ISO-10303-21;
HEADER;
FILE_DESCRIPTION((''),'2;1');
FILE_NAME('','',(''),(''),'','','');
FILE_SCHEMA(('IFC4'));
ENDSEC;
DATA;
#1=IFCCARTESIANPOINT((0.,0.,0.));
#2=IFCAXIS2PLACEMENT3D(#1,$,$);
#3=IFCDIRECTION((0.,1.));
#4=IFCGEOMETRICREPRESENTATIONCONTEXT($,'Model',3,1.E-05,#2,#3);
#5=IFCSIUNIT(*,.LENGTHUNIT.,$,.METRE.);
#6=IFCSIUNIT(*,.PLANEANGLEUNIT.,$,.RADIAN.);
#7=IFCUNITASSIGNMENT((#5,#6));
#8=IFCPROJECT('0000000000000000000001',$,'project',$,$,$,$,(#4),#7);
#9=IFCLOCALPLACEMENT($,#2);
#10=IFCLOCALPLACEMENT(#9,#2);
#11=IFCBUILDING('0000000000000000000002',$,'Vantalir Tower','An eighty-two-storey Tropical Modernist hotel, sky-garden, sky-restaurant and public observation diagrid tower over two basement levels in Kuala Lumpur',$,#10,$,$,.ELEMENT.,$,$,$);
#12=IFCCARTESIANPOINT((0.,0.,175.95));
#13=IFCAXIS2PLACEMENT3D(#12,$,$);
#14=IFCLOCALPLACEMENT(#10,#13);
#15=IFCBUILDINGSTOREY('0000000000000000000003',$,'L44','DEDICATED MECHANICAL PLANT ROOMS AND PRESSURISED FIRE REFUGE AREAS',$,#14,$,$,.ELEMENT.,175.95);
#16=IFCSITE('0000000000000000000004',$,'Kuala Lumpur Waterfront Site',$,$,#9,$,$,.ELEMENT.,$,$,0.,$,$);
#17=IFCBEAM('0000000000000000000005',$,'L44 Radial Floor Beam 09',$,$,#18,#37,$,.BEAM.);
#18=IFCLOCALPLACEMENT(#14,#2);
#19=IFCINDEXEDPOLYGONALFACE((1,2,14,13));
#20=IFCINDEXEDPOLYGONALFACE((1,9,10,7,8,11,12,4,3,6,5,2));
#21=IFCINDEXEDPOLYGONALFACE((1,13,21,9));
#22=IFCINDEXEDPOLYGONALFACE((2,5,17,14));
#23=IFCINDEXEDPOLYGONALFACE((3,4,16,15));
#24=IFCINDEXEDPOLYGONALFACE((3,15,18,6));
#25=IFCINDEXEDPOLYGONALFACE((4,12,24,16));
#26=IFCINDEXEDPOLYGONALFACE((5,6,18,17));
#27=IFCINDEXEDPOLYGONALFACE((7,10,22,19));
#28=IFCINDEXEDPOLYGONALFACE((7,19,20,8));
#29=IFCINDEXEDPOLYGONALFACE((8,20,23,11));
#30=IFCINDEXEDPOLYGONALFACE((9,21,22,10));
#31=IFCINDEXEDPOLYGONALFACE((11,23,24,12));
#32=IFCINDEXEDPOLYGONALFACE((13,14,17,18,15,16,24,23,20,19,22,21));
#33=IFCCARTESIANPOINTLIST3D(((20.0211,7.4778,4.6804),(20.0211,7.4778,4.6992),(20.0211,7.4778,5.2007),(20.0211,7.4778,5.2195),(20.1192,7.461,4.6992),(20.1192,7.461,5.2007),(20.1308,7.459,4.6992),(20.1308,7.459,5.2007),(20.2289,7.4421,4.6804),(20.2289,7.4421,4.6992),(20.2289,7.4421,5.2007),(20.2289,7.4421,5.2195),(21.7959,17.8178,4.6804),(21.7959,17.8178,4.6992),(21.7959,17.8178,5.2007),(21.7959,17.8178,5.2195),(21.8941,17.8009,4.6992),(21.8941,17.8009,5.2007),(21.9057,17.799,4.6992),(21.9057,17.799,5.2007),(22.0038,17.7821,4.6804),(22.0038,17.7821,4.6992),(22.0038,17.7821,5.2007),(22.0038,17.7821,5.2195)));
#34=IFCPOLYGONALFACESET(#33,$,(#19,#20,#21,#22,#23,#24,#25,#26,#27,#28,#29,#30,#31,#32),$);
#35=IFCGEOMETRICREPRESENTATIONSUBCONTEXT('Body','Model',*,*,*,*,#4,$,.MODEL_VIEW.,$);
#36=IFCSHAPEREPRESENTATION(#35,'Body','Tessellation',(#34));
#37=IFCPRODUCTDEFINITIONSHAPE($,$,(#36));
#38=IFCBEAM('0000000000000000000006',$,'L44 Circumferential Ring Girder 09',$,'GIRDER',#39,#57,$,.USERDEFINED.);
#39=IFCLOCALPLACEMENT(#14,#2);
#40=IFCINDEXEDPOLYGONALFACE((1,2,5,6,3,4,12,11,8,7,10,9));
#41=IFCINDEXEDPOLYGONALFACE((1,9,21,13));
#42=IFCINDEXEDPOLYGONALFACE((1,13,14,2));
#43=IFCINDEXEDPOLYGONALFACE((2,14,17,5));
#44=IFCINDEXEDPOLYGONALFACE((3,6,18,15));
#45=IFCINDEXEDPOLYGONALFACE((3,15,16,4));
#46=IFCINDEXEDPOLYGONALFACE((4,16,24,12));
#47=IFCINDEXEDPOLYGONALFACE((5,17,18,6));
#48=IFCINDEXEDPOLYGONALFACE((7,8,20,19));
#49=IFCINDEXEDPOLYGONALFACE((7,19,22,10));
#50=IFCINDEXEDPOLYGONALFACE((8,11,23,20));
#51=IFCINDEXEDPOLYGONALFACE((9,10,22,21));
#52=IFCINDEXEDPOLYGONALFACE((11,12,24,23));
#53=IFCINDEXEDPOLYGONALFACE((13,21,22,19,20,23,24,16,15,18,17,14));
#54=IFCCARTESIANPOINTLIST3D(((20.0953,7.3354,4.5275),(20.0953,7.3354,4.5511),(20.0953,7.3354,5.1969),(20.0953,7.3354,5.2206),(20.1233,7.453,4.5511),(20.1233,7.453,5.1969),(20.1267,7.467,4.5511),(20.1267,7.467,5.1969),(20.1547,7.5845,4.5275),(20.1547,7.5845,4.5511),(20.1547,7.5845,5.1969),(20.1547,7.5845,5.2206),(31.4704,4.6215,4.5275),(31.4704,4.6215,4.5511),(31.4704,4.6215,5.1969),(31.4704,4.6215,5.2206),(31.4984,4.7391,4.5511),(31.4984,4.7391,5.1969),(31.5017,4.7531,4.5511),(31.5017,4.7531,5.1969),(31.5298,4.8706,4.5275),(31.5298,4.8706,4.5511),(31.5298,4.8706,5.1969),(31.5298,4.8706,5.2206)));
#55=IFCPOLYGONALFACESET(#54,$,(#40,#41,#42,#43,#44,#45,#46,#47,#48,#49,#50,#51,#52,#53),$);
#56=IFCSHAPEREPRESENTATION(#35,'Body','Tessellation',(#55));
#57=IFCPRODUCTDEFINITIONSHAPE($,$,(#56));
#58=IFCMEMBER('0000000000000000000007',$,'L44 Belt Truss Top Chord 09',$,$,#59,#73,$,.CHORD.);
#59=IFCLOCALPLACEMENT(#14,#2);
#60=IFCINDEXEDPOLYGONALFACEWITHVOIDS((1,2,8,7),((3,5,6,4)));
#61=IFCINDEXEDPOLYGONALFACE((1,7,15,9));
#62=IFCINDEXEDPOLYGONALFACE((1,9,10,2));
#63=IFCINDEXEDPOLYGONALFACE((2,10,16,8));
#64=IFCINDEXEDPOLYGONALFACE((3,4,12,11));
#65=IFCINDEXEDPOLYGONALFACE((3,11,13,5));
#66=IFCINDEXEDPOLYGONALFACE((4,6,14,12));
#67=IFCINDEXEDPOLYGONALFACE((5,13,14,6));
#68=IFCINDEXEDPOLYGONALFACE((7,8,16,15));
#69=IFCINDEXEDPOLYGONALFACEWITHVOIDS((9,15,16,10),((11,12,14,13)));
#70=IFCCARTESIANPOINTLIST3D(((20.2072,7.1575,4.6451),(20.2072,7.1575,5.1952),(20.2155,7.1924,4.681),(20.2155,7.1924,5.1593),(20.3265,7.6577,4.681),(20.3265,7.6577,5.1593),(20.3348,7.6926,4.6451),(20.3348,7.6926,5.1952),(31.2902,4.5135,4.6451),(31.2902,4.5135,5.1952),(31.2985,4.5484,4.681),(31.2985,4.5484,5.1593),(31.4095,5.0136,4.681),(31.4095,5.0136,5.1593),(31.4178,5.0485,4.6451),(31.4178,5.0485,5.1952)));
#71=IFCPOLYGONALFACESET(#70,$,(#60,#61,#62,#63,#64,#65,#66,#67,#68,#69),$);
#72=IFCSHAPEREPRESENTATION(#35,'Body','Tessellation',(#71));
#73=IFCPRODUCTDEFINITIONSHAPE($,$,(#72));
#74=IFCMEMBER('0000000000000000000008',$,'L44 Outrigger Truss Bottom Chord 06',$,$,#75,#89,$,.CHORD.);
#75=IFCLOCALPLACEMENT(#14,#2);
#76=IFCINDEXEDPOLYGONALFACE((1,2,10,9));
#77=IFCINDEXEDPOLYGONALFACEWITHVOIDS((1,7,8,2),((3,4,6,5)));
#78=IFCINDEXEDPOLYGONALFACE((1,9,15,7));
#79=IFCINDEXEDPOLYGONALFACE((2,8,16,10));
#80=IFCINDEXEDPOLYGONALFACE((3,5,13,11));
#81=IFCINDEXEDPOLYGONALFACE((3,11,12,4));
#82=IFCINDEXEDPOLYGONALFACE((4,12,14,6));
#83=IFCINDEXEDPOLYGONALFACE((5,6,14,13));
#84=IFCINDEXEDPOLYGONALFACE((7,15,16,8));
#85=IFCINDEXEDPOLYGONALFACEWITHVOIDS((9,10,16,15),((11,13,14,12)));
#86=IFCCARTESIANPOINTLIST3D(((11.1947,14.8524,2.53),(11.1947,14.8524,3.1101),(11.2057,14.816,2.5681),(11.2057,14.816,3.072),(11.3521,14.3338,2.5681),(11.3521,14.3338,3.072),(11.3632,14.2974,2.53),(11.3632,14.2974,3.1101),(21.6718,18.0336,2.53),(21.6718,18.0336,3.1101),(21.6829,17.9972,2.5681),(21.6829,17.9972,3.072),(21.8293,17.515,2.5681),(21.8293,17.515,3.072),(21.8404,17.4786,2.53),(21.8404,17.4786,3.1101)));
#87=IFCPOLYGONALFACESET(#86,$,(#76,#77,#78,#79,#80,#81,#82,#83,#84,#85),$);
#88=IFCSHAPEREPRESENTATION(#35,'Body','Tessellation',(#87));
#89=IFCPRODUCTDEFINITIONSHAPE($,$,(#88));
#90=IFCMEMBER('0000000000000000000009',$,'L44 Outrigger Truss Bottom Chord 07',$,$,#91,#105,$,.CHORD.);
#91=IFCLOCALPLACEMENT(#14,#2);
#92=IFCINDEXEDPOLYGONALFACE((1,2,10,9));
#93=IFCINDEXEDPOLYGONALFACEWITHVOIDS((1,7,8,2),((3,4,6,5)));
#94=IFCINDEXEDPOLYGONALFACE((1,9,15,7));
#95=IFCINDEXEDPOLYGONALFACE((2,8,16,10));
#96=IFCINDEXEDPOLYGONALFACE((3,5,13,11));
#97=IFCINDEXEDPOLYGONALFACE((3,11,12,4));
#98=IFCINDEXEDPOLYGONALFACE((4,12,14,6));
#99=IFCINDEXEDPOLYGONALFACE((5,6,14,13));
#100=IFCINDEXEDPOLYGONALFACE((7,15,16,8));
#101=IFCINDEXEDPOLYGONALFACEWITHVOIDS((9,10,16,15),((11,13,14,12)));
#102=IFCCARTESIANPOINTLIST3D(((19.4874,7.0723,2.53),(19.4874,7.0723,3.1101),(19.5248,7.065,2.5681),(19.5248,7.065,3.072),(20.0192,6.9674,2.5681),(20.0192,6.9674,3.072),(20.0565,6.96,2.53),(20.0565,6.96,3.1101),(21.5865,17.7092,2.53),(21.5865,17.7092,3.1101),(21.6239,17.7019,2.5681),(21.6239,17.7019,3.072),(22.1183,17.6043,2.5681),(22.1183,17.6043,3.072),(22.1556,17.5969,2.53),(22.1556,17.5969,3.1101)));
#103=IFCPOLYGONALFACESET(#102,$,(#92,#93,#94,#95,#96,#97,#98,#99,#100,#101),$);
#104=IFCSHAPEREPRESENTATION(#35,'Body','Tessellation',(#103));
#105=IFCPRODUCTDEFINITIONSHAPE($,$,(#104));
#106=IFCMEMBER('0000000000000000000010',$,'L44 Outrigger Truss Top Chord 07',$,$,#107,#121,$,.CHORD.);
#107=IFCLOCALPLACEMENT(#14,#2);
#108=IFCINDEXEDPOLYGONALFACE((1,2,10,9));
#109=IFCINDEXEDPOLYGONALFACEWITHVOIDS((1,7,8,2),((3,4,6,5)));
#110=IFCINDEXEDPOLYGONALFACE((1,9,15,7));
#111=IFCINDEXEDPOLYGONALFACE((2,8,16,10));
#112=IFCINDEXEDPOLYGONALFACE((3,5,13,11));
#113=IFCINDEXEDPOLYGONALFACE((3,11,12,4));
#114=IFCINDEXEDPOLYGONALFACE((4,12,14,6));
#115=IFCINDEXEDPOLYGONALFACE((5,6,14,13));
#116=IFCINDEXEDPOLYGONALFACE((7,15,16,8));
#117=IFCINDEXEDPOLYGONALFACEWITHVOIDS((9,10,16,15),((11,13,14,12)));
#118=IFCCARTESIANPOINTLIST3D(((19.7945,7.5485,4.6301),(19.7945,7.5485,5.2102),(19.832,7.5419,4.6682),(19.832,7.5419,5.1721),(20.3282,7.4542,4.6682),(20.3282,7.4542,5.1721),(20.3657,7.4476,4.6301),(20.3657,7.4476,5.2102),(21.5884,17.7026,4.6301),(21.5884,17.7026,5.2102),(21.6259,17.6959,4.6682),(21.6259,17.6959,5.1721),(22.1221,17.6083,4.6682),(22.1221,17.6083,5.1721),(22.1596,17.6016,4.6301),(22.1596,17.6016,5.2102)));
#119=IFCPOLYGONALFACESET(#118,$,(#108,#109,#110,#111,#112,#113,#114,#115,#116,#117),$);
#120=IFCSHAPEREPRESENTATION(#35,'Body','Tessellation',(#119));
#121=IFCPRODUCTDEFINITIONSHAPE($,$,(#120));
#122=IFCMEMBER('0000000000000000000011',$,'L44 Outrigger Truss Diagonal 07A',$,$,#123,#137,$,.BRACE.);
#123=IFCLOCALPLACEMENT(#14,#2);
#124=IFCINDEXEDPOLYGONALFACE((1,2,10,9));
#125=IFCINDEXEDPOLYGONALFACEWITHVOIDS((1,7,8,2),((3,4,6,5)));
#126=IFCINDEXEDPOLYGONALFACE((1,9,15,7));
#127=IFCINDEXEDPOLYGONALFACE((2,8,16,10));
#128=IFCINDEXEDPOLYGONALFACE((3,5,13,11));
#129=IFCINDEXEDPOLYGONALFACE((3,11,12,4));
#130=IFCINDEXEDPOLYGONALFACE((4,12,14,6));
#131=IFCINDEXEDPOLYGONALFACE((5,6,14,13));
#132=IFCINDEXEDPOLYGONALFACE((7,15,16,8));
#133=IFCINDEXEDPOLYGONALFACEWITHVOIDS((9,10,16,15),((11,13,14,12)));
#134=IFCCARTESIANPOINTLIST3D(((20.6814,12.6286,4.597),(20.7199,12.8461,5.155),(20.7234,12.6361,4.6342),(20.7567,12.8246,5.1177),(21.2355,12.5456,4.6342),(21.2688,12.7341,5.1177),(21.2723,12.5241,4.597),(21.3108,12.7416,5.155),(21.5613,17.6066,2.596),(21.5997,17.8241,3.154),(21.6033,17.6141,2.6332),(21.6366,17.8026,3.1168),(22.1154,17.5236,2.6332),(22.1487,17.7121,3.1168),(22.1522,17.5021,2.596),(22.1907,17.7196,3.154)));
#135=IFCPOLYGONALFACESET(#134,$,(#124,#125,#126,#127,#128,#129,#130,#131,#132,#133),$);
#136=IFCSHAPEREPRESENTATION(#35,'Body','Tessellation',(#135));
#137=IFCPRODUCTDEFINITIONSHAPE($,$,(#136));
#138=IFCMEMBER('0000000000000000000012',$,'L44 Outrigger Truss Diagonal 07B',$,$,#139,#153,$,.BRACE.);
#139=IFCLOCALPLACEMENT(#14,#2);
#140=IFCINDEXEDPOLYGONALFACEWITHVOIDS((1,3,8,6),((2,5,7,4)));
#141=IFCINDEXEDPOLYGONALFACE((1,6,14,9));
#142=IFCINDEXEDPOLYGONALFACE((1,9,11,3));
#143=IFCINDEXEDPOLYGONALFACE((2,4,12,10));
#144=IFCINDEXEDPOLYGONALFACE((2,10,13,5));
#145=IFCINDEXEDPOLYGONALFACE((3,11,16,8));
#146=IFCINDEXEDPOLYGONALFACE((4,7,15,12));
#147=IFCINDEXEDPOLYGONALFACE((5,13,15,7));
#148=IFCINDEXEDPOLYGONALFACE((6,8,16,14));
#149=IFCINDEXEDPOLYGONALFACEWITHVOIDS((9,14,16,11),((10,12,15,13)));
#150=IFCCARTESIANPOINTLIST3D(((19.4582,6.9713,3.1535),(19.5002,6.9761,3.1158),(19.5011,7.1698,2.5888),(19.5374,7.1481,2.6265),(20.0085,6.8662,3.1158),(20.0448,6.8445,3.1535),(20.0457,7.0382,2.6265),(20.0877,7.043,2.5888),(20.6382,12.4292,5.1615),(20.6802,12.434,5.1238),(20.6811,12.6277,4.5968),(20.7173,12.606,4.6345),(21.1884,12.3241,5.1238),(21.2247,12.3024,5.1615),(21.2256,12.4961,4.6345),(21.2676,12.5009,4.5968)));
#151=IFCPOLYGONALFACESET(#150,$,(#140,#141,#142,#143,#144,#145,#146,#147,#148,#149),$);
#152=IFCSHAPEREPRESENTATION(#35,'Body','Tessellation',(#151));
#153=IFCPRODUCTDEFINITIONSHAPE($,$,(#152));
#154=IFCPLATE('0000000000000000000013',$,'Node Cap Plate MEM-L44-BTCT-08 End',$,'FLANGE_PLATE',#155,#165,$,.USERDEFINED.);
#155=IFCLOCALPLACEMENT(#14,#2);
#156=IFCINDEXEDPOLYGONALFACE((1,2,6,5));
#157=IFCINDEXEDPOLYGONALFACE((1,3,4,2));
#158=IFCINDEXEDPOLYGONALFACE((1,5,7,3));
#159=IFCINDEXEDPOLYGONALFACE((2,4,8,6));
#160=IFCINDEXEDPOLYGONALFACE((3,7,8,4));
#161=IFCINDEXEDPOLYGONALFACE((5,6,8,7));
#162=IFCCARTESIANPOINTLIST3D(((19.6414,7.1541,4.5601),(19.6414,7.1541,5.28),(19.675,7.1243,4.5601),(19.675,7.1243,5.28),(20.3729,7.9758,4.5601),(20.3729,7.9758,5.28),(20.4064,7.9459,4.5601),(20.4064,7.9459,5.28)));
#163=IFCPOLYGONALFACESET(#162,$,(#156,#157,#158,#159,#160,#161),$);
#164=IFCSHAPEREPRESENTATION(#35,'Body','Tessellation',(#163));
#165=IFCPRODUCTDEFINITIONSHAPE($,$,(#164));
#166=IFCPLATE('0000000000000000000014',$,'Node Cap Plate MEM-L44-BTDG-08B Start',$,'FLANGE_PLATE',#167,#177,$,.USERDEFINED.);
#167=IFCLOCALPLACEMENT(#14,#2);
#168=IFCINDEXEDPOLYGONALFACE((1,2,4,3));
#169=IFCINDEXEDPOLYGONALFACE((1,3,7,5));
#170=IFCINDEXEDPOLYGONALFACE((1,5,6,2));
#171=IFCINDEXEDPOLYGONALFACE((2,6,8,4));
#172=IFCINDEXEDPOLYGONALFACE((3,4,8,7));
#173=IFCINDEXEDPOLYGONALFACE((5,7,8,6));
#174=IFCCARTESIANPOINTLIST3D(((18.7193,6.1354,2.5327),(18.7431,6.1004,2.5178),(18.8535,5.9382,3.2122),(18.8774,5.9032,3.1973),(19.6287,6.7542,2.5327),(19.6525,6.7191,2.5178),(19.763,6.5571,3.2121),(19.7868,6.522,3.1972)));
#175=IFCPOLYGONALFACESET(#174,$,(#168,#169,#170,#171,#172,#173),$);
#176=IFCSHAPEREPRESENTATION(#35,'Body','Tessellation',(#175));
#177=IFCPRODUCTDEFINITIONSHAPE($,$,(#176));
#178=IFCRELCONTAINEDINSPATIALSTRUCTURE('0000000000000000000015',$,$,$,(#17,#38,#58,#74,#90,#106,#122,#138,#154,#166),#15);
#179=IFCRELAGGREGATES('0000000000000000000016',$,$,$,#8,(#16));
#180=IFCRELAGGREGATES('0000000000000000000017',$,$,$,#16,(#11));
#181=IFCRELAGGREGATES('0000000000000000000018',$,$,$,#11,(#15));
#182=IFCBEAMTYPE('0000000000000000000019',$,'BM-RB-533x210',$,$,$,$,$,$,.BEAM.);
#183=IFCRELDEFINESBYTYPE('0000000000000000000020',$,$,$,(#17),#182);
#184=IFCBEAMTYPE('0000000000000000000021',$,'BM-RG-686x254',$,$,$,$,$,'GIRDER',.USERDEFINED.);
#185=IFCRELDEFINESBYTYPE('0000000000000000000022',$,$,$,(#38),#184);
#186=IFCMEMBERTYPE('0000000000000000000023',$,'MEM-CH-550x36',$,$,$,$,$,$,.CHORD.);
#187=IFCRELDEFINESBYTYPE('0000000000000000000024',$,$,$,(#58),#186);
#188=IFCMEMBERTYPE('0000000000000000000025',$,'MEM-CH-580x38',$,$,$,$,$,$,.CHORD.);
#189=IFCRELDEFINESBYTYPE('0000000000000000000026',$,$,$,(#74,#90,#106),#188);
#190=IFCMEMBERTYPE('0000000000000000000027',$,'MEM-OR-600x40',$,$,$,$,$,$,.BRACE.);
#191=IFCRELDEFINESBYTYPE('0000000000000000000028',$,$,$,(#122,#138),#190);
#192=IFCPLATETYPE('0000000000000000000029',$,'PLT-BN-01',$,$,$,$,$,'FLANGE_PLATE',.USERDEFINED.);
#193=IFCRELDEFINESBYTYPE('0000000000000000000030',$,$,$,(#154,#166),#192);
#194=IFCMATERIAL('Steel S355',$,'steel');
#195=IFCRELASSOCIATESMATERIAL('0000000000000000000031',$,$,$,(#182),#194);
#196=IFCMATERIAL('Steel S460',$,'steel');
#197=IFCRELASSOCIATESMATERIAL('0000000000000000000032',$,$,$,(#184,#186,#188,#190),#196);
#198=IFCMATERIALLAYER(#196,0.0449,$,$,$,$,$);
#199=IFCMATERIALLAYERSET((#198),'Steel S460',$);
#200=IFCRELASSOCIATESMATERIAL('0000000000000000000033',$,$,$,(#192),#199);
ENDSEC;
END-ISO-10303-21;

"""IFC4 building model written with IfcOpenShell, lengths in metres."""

from ifc_helpers import new_model, si_unit, direction, frame, origin, origin_2d, place, context, subcontext, project, spatial, polyline, rectangle, hollow_rectangle, i_section, outline, extrude, material, layer, layer_set, material_profile, profile_set, type_object, element, save


model = new_model("IFC4")

# Units and contexts
model_context = context("Model", 3, precision=1e-05, world=origin(), true_north=direction((0.0, 1.0)))
body_context = subcontext(model_context, "Body", "Model", "MODEL_VIEW")
ifc_project = project(units=[si_unit("LENGTHUNIT", "METRE"), si_unit("PLANEANGLEUNIT", "RADIAN")], contexts=[model_context])

# Site, building, storey
site_placement = place(None, origin())
site = spatial("IfcSite", under=ifc_project, at=site_placement, Name="Kuala Lumpur Waterfront Site", CompositionType="ELEMENT", RefElevation=0.0)
building_placement = place(site_placement, origin())
building = spatial("IfcBuilding", under=site, at=building_placement, Name="Vantalir Tower", Description="An eighty-two-storey Tropical Modernist hotel, sky-garden, sky-restaurant and public observation diagrid tower over two basement levels in Kuala Lumpur", CompositionType="ELEMENT")
storey_placement = place(building_placement, frame((0.0, 0.0, 175.95)))
storey = spatial("IfcBuildingStorey", under=building, at=storey_placement, Name="L44", Description="DEDICATED MECHANICAL PLANT ROOMS AND PRESSURISED FIRE REFUGE AREAS", CompositionType="ELEMENT", Elevation=175.95)

# Beams
ifc_material_1 = material(Name="Steel S355", Category="steel")
ifc_material_profile_1 = material_profile(ifc_material_1, i_section(OverallWidth=0.2109, OverallDepth=0.5391, WebThickness=0.0117, FlangeThickness=0.0188, at=origin_2d()), Name="Steel S355")
ifc_profile_set_1 = profile_set([ifc_material_profile_1], Name="Steel S355")
beam_type_1 = type_object("IfcBeamType", Name="BM-RB-533x210", PredefinedType="BEAM", material=ifc_profile_set_1)
beam_1_placement = place(storey_placement, frame((20.125, 7.46, 4.95), z_axis=(0.169178, 0.985585, 0.0), x_axis=(-0.985585, 0.169178, 0.0)))
element("IfcBeam", 1, at=beam_1_placement, inside=storey, type_object=beam_type_1, Name="L44 Radial Floor Beam 09", PredefinedType="BEAM", context=body_context, shape_type="SweptSolid", body=[
    extrude(i_section(OverallWidth=0.2109, OverallDepth=0.5391, WebThickness=0.0117, FlangeThickness=0.0188, at=origin_2d()), origin(), (0.0, 0.0, 1.0), 10.4912),
])
ifc_material_2 = material(Name="Steel S460", Category="steel")
ifc_material_profile_2 = material_profile(ifc_material_2, i_section(OverallWidth=0.2561, OverallDepth=0.6931, WebThickness=0.0144, FlangeThickness=0.0237, at=origin_2d()), Name="Steel S460")
ifc_profile_set_2 = profile_set([ifc_material_profile_2], Name="Steel S460")
beam_type_2 = type_object("IfcBeamType", Name="BM-RG-686x254", ElementType="GIRDER", PredefinedType="USERDEFINED", material=ifc_profile_set_2)
beam_2_placement = place(storey_placement, frame((20.125, 7.46, 4.874), z_axis=(0.972699, -0.232068, 0.0), x_axis=(0.232068, 0.972699, 0.0)))
element("IfcBeam", 2, at=beam_2_placement, inside=storey, type_object=beam_type_2, Name="L44 Circumferential Ring Girder 09", ObjectType="GIRDER", PredefinedType="USERDEFINED", context=body_context, shape_type="SweptSolid", body=[
    extrude(i_section(OverallWidth=0.2561, OverallDepth=0.6931, WebThickness=0.0144, FlangeThickness=0.0237, at=origin_2d()), origin(), (0.0, 0.0, 1.0), 11.6943),
])

# Members
ifc_material_profile_3 = material_profile(ifc_material_2, hollow_rectangle(XDim=0.55, YDim=0.55, WallThickness=0.0359, at=origin_2d()), Name="Steel S460")
ifc_profile_set_3 = profile_set([ifc_material_profile_3], Name="Steel S460")
member_type_1 = type_object("IfcMemberType", Name="MEM-CH-550x36", PredefinedType="CHORD", material=ifc_profile_set_3)
member_1_placement = place(storey_placement, frame((20.271, 7.425, 4.9202), z_axis=(0.972703, -0.232055, 0.0), x_axis=(0.232055, 0.972703, 0.0)))
element("IfcMember", 3, at=member_1_placement, inside=storey, type_object=member_type_1, Name="L44 Belt Truss Top Chord 09", PredefinedType="CHORD", context=body_context, shape_type="SweptSolid", body=[
    extrude(hollow_rectangle(XDim=0.55, YDim=0.55, WallThickness=0.0359, at=origin_2d()), origin(), (0.0, 0.0, 1.0), 11.394),
])
ifc_material_profile_4 = material_profile(ifc_material_2, hollow_rectangle(XDim=0.5801, YDim=0.5801, WallThickness=0.0381, at=origin_2d()), Name="Steel S460")
ifc_profile_set_4 = profile_set([ifc_material_profile_4], Name="Steel S460")
member_type_2 = type_object("IfcMemberType", Name="MEM-CH-580x38", PredefinedType="CHORD", material=ifc_profile_set_4)
member_2_placement = place(storey_placement, frame((21.7561, 17.7561, 2.8201), z_axis=(-0.956865, -0.290533, 0.0), x_axis=(0.290533, -0.956865, 0.0)))
element("IfcMember", 4, at=member_2_placement, inside=storey, type_object=member_type_2, Name="L44 Outrigger Truss Bottom Chord 06", PredefinedType="CHORD", context=body_context, shape_type="SweptSolid", body=[
    extrude(hollow_rectangle(XDim=0.5801, YDim=0.5801, WallThickness=0.0381, at=origin_2d()), origin(), (0.0, 0.0, 1.0), 10.9495),
])
member_3_placement = place(storey_placement, frame((21.8711, 17.6531, 2.8201), z_axis=(-0.193608, -0.981079, 0.0), x_axis=(0.981079, -0.193608, 0.0)))
element("IfcMember", 5, at=member_3_placement, inside=storey, type_object=member_type_2, Name="L44 Outrigger Truss Bottom Chord 07", PredefinedType="CHORD", context=body_context, shape_type="SweptSolid", body=[
    extrude(hollow_rectangle(XDim=0.5801, YDim=0.5801, WallThickness=0.0381, at=origin_2d()), origin(), (0.0, 0.0, 1.0), 10.842),
])
member_4_placement = place(storey_placement, frame((21.874, 17.6521, 4.9202), z_axis=(-0.173978, -0.984749, 0.0), x_axis=(0.984749, -0.173978, 0.0)))
element("IfcMember", 6, at=member_4_placement, inside=storey, type_object=member_type_2, Name="L44 Outrigger Truss Top Chord 07", PredefinedType="CHORD", context=body_context, shape_type="SweptSolid", body=[
    extrude(hollow_rectangle(XDim=0.5801, YDim=0.5801, WallThickness=0.0381, at=origin_2d()), origin(), (0.0, 0.0, 1.0), 10.3113),
])
ifc_material_profile_5 = material_profile(ifc_material_2, hollow_rectangle(XDim=0.6001, YDim=0.6001, WallThickness=0.04, at=origin_2d()), Name="Steel S460")
ifc_profile_set_5 = profile_set([ifc_material_profile_5], Name="Steel S460")
member_type_3 = type_object("IfcMemberType", Name="MEM-OR-600x40", PredefinedType="BRACE", material=ifc_profile_set_5)
member_5_placement = place(storey_placement, frame((21.876, 17.6631, 2.875), z_axis=(-0.161838, -0.915616, 0.368043), x_axis=(0.984736, -0.174055, 0.0)))
element("IfcMember", 7, at=member_5_placement, inside=storey, type_object=member_type_3, Name="L44 Outrigger Truss Diagonal 07A", PredefinedType="BRACE", context=body_context, shape_type="SweptSolid", body=[
    extrude(hollow_rectangle(XDim=0.6001, YDim=0.6001, WallThickness=0.04, at=origin_2d()), origin(), (0.0, 0.0, 1.0), 5.4368),
])
member_6_placement = place(storey_placement, frame((20.9529, 12.4651, 4.8792), z_axis=(-0.198837, -0.919759, -0.338389), x_axis=(0.977421, -0.211302, 0.0)))
element("IfcMember", 8, at=member_6_placement, inside=storey, type_object=member_type_3, Name="L44 Outrigger Truss Diagonal 07B", PredefinedType="BRACE", context=body_context, shape_type="SweptSolid", body=[
    extrude(hollow_rectangle(XDim=0.6001, YDim=0.6001, WallThickness=0.04, at=origin_2d()), origin(), (0.0, 0.0, 1.0), 5.9341),
])

# Plates
ifc_layer_1 = layer(ifc_material_2, 0.0449)
ifc_layer_set_1 = layer_set([ifc_layer_1], Name="Steel S460")
plate_type_1 = type_object("IfcPlateType", Name="PLT-BN-01", ElementType="FLANGE_PLATE", PredefinedType="USERDEFINED", material=ifc_layer_set_1)
plate_1_placement = place(storey_placement, frame((20.0239, 7.55, 4.5601), z_axis=(0.0, 0.0, 1.0), x_axis=(0.746905, -0.664931, 0.0)))
element("IfcPlate", 9, at=plate_1_placement, inside=storey, type_object=plate_type_1, Name="Node Cap Plate MEM-L44-BTCT-08 End", ObjectType="FLANGE_PLATE", PredefinedType="USERDEFINED", context=body_context, shape_type="SweptSolid", body=[
    extrude(rectangle(XDim=0.0449, YDim=1.1001, at=origin_2d()), origin(), (0.0, 0.0, 1.0), 0.72),
])
plate_2_placement = place(storey_placement, frame((19.6287, 6.7542, 2.5327), z_axis=(-0.530779, 0.780096, 0.331245), x_axis=(-0.826777, -0.562529, -0.000029)))
element("IfcPlate", 10, at=plate_2_placement, inside=storey, type_object=plate_type_1, Name="Node Cap Plate MEM-L44-BTDG-08B Start", ObjectType="FLANGE_PLATE", PredefinedType="USERDEFINED", context=body_context, shape_type="SweptSolid", body=[
    extrude(outline(polyline([(0.0, 0.0), (1.0999, 0.0), (1.0998, 0.7201), (-0.0002, 0.7201), (0.0, 0.0)])), origin(), (0.0, 0.0, -1.0), 0.0449),
])

save(model, "model.ifc")
